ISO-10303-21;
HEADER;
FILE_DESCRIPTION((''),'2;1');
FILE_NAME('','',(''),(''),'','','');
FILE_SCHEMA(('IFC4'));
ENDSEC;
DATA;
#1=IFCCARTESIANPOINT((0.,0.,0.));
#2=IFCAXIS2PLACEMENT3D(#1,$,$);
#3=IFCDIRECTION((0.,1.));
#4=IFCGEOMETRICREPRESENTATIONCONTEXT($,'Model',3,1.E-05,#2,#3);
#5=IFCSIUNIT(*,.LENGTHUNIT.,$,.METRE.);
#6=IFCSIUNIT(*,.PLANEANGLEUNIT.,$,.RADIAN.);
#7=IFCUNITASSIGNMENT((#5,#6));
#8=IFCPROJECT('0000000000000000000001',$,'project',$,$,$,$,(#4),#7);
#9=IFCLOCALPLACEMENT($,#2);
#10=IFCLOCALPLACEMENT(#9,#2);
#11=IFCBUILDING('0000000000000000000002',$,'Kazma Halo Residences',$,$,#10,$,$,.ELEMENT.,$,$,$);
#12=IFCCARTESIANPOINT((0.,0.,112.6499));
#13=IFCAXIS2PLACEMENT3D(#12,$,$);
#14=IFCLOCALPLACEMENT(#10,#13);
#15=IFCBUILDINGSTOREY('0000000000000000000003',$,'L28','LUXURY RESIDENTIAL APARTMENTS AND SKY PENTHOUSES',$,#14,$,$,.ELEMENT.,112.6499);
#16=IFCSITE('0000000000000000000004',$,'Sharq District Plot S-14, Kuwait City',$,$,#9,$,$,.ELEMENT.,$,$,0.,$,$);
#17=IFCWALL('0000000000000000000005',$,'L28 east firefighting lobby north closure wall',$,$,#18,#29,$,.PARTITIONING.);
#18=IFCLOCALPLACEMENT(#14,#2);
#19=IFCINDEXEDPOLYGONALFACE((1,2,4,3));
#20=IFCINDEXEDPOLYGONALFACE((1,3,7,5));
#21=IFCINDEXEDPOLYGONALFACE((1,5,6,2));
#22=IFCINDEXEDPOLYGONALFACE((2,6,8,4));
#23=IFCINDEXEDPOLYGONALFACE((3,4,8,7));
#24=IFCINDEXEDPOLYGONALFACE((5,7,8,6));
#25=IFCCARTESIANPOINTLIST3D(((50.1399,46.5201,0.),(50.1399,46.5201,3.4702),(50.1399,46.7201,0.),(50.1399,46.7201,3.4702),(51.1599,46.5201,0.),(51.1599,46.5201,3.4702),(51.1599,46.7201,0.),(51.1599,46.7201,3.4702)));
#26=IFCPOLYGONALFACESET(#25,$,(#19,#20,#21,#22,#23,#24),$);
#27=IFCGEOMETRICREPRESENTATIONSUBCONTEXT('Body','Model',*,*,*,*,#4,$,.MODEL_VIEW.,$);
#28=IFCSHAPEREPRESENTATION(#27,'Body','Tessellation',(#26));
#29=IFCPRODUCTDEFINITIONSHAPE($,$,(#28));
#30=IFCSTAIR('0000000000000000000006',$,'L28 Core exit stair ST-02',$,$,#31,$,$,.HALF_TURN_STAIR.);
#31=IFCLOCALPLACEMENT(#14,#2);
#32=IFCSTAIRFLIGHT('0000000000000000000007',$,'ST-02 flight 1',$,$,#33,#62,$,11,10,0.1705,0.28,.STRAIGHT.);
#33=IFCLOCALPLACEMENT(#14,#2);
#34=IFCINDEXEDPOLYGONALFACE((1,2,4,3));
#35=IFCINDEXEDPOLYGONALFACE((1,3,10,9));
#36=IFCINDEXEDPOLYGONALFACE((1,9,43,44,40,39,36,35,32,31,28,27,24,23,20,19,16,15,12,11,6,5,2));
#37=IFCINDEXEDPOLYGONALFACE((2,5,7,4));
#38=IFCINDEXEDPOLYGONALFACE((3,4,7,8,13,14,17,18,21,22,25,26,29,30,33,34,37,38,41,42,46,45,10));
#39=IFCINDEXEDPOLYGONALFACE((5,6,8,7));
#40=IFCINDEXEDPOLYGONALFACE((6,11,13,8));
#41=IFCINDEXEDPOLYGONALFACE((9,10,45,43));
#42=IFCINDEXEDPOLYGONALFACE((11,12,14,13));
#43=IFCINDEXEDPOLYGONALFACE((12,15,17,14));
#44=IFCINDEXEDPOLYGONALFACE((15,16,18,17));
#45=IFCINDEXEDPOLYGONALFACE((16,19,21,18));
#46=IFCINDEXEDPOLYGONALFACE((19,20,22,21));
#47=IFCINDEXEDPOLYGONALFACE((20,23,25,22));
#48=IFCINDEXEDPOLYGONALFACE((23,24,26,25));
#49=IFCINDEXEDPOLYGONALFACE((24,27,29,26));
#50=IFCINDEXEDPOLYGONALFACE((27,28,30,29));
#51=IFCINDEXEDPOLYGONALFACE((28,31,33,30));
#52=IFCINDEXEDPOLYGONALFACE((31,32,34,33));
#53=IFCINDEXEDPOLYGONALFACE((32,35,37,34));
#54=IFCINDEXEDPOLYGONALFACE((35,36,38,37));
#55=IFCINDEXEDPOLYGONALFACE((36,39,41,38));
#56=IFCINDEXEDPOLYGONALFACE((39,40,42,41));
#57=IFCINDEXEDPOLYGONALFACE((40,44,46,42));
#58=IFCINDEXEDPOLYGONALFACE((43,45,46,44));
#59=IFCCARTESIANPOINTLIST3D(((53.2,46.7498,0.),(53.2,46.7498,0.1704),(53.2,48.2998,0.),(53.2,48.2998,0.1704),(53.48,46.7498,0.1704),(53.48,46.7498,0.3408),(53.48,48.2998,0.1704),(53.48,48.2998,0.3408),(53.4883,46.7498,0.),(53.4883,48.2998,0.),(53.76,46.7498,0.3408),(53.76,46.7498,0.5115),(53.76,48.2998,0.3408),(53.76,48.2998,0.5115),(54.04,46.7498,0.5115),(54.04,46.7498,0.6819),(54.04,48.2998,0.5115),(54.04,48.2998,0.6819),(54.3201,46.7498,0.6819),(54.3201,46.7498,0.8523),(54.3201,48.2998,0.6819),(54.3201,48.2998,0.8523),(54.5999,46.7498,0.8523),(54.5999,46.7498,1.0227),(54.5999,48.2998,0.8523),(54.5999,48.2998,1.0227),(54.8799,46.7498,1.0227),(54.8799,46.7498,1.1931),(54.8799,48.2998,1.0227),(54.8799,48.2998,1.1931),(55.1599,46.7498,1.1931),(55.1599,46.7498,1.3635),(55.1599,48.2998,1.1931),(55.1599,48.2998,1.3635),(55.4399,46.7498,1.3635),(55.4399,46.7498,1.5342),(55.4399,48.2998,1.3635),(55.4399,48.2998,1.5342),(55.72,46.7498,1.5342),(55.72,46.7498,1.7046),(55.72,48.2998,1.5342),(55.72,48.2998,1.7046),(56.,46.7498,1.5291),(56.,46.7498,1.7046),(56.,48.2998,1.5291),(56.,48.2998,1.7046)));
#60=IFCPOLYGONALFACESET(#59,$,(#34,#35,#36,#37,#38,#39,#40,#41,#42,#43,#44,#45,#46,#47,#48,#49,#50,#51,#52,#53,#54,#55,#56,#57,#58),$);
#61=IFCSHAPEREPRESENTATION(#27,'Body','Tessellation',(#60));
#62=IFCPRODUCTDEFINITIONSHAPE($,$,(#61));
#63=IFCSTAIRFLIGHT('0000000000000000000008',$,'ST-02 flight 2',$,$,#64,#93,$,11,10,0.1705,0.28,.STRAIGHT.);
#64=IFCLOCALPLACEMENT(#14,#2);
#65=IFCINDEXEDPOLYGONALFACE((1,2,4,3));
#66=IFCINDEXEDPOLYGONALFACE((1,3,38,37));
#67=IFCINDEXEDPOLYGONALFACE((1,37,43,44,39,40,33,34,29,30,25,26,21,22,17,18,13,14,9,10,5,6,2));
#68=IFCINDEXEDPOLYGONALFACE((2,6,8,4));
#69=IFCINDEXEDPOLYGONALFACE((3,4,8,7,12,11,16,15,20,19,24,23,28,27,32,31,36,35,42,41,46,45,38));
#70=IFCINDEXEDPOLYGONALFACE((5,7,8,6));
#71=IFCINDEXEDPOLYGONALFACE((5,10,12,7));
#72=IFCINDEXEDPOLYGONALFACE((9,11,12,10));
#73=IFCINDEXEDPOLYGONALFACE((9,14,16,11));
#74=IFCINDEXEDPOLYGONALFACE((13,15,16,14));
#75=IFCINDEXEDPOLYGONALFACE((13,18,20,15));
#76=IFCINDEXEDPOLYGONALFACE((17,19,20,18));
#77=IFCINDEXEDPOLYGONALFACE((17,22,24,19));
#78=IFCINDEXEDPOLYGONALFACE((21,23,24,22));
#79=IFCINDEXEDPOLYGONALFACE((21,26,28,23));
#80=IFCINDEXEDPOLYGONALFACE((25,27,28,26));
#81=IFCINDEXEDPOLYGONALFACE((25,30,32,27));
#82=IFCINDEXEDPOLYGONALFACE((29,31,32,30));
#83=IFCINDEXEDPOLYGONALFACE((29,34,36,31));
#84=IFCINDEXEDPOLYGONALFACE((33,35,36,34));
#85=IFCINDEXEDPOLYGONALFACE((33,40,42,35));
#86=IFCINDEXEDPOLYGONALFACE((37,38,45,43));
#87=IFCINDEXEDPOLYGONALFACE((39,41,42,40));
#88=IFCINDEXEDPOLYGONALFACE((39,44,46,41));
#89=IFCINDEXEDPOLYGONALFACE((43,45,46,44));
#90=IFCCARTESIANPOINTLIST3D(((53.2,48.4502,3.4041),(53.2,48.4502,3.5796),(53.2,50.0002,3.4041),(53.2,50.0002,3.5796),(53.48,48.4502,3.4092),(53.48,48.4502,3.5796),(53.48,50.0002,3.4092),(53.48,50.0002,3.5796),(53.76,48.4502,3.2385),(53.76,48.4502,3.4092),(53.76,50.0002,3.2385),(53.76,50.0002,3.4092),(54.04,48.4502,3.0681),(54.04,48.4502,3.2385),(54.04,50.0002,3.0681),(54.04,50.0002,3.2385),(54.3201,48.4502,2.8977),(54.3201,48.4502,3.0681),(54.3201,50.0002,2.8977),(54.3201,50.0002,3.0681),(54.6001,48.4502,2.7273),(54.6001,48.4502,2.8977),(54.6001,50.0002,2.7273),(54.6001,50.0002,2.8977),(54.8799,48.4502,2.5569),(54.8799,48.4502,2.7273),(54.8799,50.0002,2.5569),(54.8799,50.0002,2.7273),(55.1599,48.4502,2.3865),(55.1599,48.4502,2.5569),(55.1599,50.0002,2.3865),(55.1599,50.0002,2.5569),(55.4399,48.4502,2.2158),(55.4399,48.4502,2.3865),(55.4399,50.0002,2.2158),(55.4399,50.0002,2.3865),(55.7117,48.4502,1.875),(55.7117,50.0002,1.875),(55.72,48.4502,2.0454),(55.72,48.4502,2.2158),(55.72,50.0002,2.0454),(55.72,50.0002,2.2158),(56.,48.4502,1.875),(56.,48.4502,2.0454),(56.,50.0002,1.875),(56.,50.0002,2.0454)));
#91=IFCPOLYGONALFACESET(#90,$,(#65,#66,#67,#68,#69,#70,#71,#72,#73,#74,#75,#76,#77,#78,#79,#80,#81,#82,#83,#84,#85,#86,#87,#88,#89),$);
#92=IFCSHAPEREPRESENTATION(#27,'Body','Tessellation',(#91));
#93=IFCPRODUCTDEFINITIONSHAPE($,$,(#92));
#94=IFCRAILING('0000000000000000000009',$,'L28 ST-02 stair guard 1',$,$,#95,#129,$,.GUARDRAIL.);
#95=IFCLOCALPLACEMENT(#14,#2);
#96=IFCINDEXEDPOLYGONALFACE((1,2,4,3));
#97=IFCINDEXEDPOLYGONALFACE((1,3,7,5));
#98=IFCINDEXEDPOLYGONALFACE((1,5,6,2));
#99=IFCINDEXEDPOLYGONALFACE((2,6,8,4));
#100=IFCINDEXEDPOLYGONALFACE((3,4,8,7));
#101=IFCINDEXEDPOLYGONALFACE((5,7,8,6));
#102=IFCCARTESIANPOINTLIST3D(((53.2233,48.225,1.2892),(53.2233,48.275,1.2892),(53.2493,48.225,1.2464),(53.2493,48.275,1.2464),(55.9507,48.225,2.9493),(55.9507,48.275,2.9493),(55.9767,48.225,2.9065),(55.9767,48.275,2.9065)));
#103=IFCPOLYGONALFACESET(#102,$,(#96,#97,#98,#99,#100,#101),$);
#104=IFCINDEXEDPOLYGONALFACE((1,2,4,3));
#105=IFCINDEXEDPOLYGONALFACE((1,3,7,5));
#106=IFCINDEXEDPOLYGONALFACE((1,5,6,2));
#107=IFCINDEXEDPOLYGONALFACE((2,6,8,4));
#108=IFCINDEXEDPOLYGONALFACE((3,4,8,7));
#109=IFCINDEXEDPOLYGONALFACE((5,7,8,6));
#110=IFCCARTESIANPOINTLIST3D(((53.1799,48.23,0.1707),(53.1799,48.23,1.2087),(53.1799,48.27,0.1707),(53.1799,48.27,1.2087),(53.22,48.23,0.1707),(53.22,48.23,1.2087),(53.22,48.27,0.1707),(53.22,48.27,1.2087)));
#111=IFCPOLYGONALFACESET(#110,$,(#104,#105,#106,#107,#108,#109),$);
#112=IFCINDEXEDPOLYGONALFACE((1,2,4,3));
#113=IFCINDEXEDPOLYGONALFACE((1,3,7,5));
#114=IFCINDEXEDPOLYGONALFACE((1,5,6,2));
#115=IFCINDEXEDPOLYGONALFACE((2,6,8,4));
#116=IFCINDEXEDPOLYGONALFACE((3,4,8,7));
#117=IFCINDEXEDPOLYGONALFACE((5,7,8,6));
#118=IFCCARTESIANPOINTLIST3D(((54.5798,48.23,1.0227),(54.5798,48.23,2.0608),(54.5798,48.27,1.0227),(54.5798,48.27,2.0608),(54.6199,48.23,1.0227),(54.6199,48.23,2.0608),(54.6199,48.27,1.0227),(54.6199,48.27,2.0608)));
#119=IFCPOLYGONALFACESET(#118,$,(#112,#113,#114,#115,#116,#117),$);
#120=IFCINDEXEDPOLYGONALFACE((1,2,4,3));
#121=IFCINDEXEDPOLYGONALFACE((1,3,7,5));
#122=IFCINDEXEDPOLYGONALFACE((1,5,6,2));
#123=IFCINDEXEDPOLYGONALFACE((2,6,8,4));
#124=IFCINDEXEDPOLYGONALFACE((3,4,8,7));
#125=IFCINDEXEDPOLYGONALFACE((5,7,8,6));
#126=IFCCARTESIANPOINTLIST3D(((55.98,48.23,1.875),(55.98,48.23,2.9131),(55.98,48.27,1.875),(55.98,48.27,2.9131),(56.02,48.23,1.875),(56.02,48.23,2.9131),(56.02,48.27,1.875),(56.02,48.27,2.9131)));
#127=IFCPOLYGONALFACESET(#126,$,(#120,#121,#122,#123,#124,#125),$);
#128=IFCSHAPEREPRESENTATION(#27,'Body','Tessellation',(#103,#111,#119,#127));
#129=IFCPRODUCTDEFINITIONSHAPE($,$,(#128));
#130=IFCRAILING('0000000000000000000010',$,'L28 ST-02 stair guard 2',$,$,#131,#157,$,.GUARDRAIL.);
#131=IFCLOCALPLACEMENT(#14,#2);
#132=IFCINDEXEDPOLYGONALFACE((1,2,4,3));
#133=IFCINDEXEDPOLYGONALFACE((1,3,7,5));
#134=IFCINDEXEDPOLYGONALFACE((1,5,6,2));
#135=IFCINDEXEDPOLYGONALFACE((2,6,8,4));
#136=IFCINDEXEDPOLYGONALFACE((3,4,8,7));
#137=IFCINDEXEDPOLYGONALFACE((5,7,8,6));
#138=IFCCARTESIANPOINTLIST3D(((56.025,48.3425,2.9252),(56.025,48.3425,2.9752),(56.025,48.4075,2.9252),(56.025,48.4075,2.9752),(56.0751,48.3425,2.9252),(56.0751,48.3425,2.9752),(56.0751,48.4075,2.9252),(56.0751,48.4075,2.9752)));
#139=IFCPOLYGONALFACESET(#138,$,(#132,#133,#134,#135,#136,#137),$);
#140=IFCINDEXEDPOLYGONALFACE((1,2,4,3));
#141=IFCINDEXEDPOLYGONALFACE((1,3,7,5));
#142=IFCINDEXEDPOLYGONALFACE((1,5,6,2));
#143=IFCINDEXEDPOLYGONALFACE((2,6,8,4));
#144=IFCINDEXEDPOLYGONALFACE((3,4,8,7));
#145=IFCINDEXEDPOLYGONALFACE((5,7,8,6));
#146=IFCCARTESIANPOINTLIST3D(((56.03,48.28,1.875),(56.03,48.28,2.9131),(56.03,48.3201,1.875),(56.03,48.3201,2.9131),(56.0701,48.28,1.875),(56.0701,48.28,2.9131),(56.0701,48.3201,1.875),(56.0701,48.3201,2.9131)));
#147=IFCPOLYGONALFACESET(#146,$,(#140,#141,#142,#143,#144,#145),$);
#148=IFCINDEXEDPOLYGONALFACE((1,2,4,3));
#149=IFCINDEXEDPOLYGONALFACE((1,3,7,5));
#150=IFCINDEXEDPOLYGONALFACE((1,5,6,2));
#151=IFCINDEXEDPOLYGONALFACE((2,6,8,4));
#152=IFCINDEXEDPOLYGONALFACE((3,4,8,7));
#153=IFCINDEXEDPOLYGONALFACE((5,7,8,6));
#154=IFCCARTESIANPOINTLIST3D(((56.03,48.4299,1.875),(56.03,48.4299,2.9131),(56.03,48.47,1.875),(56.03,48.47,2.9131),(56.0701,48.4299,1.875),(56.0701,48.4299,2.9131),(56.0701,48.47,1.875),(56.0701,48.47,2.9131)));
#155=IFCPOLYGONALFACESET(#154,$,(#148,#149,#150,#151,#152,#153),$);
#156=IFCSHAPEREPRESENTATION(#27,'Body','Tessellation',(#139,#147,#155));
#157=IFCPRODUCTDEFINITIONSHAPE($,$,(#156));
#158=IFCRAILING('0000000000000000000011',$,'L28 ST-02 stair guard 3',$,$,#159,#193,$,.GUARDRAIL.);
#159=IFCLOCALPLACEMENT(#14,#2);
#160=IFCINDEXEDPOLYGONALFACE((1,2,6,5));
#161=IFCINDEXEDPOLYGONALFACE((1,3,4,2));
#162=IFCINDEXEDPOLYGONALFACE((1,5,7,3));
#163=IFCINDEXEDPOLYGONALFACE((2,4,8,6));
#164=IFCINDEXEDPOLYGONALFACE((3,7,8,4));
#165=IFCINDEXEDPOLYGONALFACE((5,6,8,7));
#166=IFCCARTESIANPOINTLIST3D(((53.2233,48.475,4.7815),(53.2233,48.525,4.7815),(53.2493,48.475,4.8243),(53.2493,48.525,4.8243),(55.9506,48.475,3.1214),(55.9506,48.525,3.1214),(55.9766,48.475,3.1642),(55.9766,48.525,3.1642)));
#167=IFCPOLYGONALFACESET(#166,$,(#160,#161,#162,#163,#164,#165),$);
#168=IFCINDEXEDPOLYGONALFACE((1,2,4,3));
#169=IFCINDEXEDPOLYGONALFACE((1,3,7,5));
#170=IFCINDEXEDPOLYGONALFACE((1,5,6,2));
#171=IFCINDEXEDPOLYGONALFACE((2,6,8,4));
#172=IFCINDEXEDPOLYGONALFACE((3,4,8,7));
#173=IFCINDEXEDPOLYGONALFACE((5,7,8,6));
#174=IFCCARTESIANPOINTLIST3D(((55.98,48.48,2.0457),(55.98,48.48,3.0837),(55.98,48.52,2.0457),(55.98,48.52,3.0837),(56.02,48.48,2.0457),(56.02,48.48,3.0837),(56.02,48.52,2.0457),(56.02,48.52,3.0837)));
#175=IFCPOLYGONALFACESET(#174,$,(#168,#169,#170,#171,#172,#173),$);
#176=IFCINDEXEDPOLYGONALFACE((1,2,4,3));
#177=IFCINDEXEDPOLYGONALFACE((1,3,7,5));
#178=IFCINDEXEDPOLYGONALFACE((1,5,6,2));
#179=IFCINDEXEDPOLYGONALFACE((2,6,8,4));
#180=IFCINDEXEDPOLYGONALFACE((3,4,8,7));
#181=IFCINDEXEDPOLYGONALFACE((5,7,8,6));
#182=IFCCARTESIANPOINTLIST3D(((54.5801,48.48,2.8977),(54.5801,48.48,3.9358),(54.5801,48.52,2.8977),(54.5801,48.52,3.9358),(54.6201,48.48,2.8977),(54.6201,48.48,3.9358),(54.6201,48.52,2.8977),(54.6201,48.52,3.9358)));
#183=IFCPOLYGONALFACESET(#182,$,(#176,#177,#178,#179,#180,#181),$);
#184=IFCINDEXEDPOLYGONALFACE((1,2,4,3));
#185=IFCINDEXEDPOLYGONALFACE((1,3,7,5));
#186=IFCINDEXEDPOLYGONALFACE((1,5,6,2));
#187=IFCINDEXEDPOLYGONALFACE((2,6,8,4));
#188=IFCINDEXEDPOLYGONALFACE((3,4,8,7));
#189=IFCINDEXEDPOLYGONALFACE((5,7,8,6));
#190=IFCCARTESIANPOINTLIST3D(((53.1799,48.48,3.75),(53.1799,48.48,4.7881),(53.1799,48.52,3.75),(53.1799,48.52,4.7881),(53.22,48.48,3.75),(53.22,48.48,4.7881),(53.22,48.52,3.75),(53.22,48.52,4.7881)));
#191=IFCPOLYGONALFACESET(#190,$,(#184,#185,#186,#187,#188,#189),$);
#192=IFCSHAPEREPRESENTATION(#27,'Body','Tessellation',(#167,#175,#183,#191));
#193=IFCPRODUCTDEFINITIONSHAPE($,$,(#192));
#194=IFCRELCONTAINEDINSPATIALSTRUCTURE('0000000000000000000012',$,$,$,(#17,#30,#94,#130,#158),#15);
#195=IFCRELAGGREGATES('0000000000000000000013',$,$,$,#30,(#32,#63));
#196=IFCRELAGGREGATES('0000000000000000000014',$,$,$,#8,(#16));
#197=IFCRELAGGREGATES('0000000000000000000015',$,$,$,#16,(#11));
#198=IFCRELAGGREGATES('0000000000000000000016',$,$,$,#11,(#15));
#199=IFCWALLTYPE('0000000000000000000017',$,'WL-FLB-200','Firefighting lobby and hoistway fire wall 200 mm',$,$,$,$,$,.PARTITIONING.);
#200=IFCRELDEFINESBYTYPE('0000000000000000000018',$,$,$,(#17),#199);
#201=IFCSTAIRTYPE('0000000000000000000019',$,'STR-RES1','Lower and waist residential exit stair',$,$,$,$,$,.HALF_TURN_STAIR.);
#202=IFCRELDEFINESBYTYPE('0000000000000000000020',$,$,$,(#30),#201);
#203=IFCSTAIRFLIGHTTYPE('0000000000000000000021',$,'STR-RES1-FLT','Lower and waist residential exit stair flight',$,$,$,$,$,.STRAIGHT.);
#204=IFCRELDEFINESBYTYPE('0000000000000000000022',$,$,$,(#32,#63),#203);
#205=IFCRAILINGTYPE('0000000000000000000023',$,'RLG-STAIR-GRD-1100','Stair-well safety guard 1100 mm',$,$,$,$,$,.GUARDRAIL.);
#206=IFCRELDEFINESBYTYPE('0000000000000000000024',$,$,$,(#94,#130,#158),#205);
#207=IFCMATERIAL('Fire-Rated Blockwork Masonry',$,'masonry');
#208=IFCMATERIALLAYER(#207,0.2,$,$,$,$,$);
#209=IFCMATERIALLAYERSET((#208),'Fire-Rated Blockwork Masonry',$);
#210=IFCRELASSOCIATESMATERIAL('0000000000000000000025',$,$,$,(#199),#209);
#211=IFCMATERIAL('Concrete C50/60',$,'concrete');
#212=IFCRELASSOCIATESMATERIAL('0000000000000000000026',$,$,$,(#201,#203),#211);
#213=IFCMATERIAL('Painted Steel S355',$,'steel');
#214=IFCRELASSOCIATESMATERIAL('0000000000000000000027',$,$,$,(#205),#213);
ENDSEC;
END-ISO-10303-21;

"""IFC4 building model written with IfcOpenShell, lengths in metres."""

from ifc_helpers import new_model, si_unit, direction, frame, frame_2d, origin, origin_2d, place, context, subcontext, project, spatial, polyline, rectangle, outline, extrude, material, layer, layer_set, type_object, element, aggregate, save


model = new_model("IFC4")

# Units and contexts
model_context = context("Model", 3, precision=1e-05, world=origin(), true_north=direction((0.0, 1.0)))
body_context = subcontext(model_context, "Body", "Model", "MODEL_VIEW")
ifc_project = project(units=[si_unit("LENGTHUNIT", "METRE"), si_unit("PLANEANGLEUNIT", "RADIAN")], contexts=[model_context])

# Site, building, storey
site_placement = place(None, origin())
site = spatial("IfcSite", under=ifc_project, at=site_placement, Name="Sharq District Plot S-14, Kuwait City", CompositionType="ELEMENT", RefElevation=0.0)
building_placement = place(site_placement, origin())
building = spatial("IfcBuilding", under=site, at=building_placement, Name="Kazma Halo Residences", CompositionType="ELEMENT")
storey_placement = place(building_placement, frame((0.0, 0.0, 112.6499)))
storey = spatial("IfcBuildingStorey", under=building, at=storey_placement, Name="L28", Description="LUXURY RESIDENTIAL APARTMENTS AND SKY PENTHOUSES", CompositionType="ELEMENT", Elevation=112.6499)

# Shared definitions
ifc_material_1 = material(Name="Fire-Rated Blockwork Masonry", Category="masonry")
ifc_layer_1 = layer(ifc_material_1, 0.2)
ifc_layer_set_1 = layer_set([ifc_layer_1], Name="Fire-Rated Blockwork Masonry")
wall_type_1 = type_object("IfcWallType", Name="WL-FLB-200", Description="Firefighting lobby and hoistway fire wall 200 mm", PredefinedType="PARTITIONING", material=ifc_layer_set_1)

# Wall
wall_1_placement = place(storey_placement, frame((50.1399, 46.6201, 0.0), z_axis=(0.0, 0.0, 1.0), x_axis=(1.0, 0.0, 0.0)))
element("IfcWall", 1, at=wall_1_placement, inside=storey, type_object=wall_type_1, Name="L28 east firefighting lobby north closure wall", PredefinedType="PARTITIONING", context=body_context, shape_type="SweptSolid", body=[
    extrude(rectangle(XDim=1.02, YDim=0.2, at=frame_2d((0.51, 0.0))), origin(), (0.0, 0.0, 1.0), 3.4702),
])

# Shared definitions
ifc_material_2 = material(Name="Concrete C50/60", Category="concrete")

# Stair, stair flights
stair_type = type_object("IfcStairType", Name="STR-RES1", Description="Lower and waist residential exit stair", PredefinedType="HALF_TURN_STAIR", material=ifc_material_2)
stair_placement = place(storey_placement, origin())
stair = element("IfcStair", 2, at=stair_placement, inside=storey, type_object=stair_type, Name="L28 Core exit stair ST-02", PredefinedType="HALF_TURN_STAIR")
stair_flight_type = type_object("IfcStairFlightType", Name="STR-RES1-FLT", Description="Lower and waist residential exit stair flight", PredefinedType="STRAIGHT", material=ifc_material_2)
stair_flight_1_placement = place(storey_placement, frame((53.2, 47.5249, 0.0), z_axis=(0.0, 0.0, 1.0), x_axis=(1.0, 0.0, 0.0)))
stair_flight_1 = element("IfcStairFlight", 3, at=stair_flight_1_placement, type_object=stair_flight_type, Name="ST-02 flight 1", NumberOfRisers=11, NumberOfTreads=10, PredefinedType="STRAIGHT", RiserHeight=0.1705, TreadLength=0.28, context=body_context, shape_type="SweptSolid", body=[
    extrude(outline(polyline([(0.0, 0.0), (0.0, 0.1704), (0.28, 0.1704), (0.28, 0.3408), (0.5601, 0.3408), (0.5601, 0.5115), (0.8401, 0.5115), (0.8401, 0.6819), (1.1201, 0.6819), (1.1201, 0.8523), (1.3999, 0.8523), (1.3999, 1.0227), (1.6799, 1.0227), (1.6799, 1.1931), (1.96, 1.1931), (1.96, 1.3635), (2.24, 1.3635), (2.24, 1.5342), (2.52, 1.5342), (2.52, 1.7046), (2.8, 1.7046), (2.8, 1.875), (2.8, 1.5291), (0.2883, 0.0), (0.0, 0.0)])), frame((0.0, 0.7749, 0.0), z_axis=(0.0, -1.0, 0.0), x_axis=(1.0, 0.0, 0.0)), (0.0, 0.0, 1.0), 1.55),
])
stair_flight_2_placement = place(storey_placement, frame((56.0, 49.2251, 1.875), z_axis=(0.0, 0.0, 1.0), x_axis=(-1.0, 0.0, 0.0)))
stair_flight_2 = element("IfcStairFlight", 4, at=stair_flight_2_placement, type_object=stair_flight_type, Name="ST-02 flight 2", NumberOfRisers=11, NumberOfTreads=10, PredefinedType="STRAIGHT", RiserHeight=0.1705, TreadLength=0.28, context=body_context, shape_type="SweptSolid", body=[
    extrude(outline(polyline([(0.0, 0.0), (0.0, 0.1704), (0.28, 0.1704), (0.28, 0.3408), (0.5601, 0.3408), (0.5601, 0.5115), (0.8401, 0.5115), (0.8401, 0.6819), (1.1201, 0.6819), (1.1201, 0.8523), (1.3999, 0.8523), (1.3999, 1.0227), (1.6799, 1.0227), (1.6799, 1.1931), (1.96, 1.1931), (1.96, 1.3635), (2.24, 1.3635), (2.24, 1.5342), (2.52, 1.5342), (2.52, 1.7046), (2.8, 1.7046), (2.8, 1.875), (2.8, 1.5291), (0.2883, 0.0), (0.0, 0.0)])), frame((0.0, 0.7749, 0.0), z_axis=(0.0, -1.0, 0.0), x_axis=(1.0, 0.0, 0.0)), (0.0, 0.0, 1.0), 1.55),
])
aggregate(stair, [stair_flight_1, stair_flight_2])

# Railings
ifc_material_3 = material(Name="Painted Steel S355", Category="steel")
railing_type_1 = type_object("IfcRailingType", Name="RLG-STAIR-GRD-1100", Description="Stair-well safety guard 1100 mm", PredefinedType="GUARDRAIL", material=ifc_material_3)
railing_1_placement = place(storey_placement, frame((53.2, 48.25, 0.1707)))
element("IfcRailing", 5, at=railing_1_placement, inside=storey, type_object=railing_type_1, Name="L28 ST-02 stair guard 1", PredefinedType="GUARDRAIL", context=body_context, shape_type="SweptSolid", body=[
    extrude(rectangle(XDim=0.05, YDim=0.05, at=origin_2d()), frame((0.0364, 0.0, 1.0972), z_axis=(0.854203, 0.0, 0.51994), x_axis=(0.0, 1.0, 0.0)), (0.0, 0.0, 1.0), 3.1929),
    extrude(rectangle(XDim=0.04, YDim=0.04, at=origin_2d()), origin(), (0.0, 0.0, 1.0), 1.0381),
    extrude(rectangle(XDim=0.04, YDim=0.04, at=origin_2d()), frame((1.3999, 0.0, 0.8521)), (0.0, 0.0, 1.0), 1.0381),
    extrude(rectangle(XDim=0.04, YDim=0.04, at=origin_2d()), frame((2.8, 0.0, 1.7043)), (0.0, 0.0, 1.0), 1.0381),
])
railing_2_placement = place(storey_placement, frame((56.05, 48.3, 1.875)))
element("IfcRailing", 6, at=railing_2_placement, inside=storey, type_object=railing_type_1, Name="L28 ST-02 stair guard 2", PredefinedType="GUARDRAIL", context=body_context, shape_type="SweptSolid", body=[
    extrude(rectangle(XDim=0.05, YDim=0.05, at=origin_2d()), frame((0.0, 0.0425, 1.0752), z_axis=(0.0, 1.0, 0.0), x_axis=(-1.0, 0.0, 0.0)), (0.0, 0.0, 1.0), 0.0649),
    extrude(rectangle(XDim=0.04, YDim=0.04, at=origin_2d()), origin(), (0.0, 0.0, 1.0), 1.0381),
    extrude(rectangle(XDim=0.04, YDim=0.04, at=origin_2d()), frame((0.0, 0.1499, 0.0)), (0.0, 0.0, 1.0), 1.0381),
])
railing_3_placement = place(storey_placement, frame((56.0, 48.5, 2.0457)))
element("IfcRailing", 7, at=railing_3_placement, inside=storey, type_object=railing_type_1, Name="L28 ST-02 stair guard 3", PredefinedType="GUARDRAIL", context=body_context, shape_type="SweptSolid", body=[
    extrude(rectangle(XDim=0.05, YDim=0.05, at=origin_2d()), frame((-0.0364, 0.0, 1.0972), z_axis=(-0.854203, 0.0, 0.51994), x_axis=(0.0, -1.0, 0.0)), (0.0, 0.0, 1.0), 3.1929),
    extrude(rectangle(XDim=0.04, YDim=0.04, at=origin_2d()), origin(), (0.0, 0.0, 1.0), 1.0381),
    extrude(rectangle(XDim=0.04, YDim=0.04, at=origin_2d()), frame((-1.3999, 0.0, 0.8521)), (0.0, 0.0, 1.0), 1.0381),
    extrude(rectangle(XDim=0.04, YDim=0.04, at=origin_2d()), frame((-2.8, 0.0, 1.7043)), (0.0, 0.0, 1.0), 1.0381),
])

save(model, "model.ifc")
